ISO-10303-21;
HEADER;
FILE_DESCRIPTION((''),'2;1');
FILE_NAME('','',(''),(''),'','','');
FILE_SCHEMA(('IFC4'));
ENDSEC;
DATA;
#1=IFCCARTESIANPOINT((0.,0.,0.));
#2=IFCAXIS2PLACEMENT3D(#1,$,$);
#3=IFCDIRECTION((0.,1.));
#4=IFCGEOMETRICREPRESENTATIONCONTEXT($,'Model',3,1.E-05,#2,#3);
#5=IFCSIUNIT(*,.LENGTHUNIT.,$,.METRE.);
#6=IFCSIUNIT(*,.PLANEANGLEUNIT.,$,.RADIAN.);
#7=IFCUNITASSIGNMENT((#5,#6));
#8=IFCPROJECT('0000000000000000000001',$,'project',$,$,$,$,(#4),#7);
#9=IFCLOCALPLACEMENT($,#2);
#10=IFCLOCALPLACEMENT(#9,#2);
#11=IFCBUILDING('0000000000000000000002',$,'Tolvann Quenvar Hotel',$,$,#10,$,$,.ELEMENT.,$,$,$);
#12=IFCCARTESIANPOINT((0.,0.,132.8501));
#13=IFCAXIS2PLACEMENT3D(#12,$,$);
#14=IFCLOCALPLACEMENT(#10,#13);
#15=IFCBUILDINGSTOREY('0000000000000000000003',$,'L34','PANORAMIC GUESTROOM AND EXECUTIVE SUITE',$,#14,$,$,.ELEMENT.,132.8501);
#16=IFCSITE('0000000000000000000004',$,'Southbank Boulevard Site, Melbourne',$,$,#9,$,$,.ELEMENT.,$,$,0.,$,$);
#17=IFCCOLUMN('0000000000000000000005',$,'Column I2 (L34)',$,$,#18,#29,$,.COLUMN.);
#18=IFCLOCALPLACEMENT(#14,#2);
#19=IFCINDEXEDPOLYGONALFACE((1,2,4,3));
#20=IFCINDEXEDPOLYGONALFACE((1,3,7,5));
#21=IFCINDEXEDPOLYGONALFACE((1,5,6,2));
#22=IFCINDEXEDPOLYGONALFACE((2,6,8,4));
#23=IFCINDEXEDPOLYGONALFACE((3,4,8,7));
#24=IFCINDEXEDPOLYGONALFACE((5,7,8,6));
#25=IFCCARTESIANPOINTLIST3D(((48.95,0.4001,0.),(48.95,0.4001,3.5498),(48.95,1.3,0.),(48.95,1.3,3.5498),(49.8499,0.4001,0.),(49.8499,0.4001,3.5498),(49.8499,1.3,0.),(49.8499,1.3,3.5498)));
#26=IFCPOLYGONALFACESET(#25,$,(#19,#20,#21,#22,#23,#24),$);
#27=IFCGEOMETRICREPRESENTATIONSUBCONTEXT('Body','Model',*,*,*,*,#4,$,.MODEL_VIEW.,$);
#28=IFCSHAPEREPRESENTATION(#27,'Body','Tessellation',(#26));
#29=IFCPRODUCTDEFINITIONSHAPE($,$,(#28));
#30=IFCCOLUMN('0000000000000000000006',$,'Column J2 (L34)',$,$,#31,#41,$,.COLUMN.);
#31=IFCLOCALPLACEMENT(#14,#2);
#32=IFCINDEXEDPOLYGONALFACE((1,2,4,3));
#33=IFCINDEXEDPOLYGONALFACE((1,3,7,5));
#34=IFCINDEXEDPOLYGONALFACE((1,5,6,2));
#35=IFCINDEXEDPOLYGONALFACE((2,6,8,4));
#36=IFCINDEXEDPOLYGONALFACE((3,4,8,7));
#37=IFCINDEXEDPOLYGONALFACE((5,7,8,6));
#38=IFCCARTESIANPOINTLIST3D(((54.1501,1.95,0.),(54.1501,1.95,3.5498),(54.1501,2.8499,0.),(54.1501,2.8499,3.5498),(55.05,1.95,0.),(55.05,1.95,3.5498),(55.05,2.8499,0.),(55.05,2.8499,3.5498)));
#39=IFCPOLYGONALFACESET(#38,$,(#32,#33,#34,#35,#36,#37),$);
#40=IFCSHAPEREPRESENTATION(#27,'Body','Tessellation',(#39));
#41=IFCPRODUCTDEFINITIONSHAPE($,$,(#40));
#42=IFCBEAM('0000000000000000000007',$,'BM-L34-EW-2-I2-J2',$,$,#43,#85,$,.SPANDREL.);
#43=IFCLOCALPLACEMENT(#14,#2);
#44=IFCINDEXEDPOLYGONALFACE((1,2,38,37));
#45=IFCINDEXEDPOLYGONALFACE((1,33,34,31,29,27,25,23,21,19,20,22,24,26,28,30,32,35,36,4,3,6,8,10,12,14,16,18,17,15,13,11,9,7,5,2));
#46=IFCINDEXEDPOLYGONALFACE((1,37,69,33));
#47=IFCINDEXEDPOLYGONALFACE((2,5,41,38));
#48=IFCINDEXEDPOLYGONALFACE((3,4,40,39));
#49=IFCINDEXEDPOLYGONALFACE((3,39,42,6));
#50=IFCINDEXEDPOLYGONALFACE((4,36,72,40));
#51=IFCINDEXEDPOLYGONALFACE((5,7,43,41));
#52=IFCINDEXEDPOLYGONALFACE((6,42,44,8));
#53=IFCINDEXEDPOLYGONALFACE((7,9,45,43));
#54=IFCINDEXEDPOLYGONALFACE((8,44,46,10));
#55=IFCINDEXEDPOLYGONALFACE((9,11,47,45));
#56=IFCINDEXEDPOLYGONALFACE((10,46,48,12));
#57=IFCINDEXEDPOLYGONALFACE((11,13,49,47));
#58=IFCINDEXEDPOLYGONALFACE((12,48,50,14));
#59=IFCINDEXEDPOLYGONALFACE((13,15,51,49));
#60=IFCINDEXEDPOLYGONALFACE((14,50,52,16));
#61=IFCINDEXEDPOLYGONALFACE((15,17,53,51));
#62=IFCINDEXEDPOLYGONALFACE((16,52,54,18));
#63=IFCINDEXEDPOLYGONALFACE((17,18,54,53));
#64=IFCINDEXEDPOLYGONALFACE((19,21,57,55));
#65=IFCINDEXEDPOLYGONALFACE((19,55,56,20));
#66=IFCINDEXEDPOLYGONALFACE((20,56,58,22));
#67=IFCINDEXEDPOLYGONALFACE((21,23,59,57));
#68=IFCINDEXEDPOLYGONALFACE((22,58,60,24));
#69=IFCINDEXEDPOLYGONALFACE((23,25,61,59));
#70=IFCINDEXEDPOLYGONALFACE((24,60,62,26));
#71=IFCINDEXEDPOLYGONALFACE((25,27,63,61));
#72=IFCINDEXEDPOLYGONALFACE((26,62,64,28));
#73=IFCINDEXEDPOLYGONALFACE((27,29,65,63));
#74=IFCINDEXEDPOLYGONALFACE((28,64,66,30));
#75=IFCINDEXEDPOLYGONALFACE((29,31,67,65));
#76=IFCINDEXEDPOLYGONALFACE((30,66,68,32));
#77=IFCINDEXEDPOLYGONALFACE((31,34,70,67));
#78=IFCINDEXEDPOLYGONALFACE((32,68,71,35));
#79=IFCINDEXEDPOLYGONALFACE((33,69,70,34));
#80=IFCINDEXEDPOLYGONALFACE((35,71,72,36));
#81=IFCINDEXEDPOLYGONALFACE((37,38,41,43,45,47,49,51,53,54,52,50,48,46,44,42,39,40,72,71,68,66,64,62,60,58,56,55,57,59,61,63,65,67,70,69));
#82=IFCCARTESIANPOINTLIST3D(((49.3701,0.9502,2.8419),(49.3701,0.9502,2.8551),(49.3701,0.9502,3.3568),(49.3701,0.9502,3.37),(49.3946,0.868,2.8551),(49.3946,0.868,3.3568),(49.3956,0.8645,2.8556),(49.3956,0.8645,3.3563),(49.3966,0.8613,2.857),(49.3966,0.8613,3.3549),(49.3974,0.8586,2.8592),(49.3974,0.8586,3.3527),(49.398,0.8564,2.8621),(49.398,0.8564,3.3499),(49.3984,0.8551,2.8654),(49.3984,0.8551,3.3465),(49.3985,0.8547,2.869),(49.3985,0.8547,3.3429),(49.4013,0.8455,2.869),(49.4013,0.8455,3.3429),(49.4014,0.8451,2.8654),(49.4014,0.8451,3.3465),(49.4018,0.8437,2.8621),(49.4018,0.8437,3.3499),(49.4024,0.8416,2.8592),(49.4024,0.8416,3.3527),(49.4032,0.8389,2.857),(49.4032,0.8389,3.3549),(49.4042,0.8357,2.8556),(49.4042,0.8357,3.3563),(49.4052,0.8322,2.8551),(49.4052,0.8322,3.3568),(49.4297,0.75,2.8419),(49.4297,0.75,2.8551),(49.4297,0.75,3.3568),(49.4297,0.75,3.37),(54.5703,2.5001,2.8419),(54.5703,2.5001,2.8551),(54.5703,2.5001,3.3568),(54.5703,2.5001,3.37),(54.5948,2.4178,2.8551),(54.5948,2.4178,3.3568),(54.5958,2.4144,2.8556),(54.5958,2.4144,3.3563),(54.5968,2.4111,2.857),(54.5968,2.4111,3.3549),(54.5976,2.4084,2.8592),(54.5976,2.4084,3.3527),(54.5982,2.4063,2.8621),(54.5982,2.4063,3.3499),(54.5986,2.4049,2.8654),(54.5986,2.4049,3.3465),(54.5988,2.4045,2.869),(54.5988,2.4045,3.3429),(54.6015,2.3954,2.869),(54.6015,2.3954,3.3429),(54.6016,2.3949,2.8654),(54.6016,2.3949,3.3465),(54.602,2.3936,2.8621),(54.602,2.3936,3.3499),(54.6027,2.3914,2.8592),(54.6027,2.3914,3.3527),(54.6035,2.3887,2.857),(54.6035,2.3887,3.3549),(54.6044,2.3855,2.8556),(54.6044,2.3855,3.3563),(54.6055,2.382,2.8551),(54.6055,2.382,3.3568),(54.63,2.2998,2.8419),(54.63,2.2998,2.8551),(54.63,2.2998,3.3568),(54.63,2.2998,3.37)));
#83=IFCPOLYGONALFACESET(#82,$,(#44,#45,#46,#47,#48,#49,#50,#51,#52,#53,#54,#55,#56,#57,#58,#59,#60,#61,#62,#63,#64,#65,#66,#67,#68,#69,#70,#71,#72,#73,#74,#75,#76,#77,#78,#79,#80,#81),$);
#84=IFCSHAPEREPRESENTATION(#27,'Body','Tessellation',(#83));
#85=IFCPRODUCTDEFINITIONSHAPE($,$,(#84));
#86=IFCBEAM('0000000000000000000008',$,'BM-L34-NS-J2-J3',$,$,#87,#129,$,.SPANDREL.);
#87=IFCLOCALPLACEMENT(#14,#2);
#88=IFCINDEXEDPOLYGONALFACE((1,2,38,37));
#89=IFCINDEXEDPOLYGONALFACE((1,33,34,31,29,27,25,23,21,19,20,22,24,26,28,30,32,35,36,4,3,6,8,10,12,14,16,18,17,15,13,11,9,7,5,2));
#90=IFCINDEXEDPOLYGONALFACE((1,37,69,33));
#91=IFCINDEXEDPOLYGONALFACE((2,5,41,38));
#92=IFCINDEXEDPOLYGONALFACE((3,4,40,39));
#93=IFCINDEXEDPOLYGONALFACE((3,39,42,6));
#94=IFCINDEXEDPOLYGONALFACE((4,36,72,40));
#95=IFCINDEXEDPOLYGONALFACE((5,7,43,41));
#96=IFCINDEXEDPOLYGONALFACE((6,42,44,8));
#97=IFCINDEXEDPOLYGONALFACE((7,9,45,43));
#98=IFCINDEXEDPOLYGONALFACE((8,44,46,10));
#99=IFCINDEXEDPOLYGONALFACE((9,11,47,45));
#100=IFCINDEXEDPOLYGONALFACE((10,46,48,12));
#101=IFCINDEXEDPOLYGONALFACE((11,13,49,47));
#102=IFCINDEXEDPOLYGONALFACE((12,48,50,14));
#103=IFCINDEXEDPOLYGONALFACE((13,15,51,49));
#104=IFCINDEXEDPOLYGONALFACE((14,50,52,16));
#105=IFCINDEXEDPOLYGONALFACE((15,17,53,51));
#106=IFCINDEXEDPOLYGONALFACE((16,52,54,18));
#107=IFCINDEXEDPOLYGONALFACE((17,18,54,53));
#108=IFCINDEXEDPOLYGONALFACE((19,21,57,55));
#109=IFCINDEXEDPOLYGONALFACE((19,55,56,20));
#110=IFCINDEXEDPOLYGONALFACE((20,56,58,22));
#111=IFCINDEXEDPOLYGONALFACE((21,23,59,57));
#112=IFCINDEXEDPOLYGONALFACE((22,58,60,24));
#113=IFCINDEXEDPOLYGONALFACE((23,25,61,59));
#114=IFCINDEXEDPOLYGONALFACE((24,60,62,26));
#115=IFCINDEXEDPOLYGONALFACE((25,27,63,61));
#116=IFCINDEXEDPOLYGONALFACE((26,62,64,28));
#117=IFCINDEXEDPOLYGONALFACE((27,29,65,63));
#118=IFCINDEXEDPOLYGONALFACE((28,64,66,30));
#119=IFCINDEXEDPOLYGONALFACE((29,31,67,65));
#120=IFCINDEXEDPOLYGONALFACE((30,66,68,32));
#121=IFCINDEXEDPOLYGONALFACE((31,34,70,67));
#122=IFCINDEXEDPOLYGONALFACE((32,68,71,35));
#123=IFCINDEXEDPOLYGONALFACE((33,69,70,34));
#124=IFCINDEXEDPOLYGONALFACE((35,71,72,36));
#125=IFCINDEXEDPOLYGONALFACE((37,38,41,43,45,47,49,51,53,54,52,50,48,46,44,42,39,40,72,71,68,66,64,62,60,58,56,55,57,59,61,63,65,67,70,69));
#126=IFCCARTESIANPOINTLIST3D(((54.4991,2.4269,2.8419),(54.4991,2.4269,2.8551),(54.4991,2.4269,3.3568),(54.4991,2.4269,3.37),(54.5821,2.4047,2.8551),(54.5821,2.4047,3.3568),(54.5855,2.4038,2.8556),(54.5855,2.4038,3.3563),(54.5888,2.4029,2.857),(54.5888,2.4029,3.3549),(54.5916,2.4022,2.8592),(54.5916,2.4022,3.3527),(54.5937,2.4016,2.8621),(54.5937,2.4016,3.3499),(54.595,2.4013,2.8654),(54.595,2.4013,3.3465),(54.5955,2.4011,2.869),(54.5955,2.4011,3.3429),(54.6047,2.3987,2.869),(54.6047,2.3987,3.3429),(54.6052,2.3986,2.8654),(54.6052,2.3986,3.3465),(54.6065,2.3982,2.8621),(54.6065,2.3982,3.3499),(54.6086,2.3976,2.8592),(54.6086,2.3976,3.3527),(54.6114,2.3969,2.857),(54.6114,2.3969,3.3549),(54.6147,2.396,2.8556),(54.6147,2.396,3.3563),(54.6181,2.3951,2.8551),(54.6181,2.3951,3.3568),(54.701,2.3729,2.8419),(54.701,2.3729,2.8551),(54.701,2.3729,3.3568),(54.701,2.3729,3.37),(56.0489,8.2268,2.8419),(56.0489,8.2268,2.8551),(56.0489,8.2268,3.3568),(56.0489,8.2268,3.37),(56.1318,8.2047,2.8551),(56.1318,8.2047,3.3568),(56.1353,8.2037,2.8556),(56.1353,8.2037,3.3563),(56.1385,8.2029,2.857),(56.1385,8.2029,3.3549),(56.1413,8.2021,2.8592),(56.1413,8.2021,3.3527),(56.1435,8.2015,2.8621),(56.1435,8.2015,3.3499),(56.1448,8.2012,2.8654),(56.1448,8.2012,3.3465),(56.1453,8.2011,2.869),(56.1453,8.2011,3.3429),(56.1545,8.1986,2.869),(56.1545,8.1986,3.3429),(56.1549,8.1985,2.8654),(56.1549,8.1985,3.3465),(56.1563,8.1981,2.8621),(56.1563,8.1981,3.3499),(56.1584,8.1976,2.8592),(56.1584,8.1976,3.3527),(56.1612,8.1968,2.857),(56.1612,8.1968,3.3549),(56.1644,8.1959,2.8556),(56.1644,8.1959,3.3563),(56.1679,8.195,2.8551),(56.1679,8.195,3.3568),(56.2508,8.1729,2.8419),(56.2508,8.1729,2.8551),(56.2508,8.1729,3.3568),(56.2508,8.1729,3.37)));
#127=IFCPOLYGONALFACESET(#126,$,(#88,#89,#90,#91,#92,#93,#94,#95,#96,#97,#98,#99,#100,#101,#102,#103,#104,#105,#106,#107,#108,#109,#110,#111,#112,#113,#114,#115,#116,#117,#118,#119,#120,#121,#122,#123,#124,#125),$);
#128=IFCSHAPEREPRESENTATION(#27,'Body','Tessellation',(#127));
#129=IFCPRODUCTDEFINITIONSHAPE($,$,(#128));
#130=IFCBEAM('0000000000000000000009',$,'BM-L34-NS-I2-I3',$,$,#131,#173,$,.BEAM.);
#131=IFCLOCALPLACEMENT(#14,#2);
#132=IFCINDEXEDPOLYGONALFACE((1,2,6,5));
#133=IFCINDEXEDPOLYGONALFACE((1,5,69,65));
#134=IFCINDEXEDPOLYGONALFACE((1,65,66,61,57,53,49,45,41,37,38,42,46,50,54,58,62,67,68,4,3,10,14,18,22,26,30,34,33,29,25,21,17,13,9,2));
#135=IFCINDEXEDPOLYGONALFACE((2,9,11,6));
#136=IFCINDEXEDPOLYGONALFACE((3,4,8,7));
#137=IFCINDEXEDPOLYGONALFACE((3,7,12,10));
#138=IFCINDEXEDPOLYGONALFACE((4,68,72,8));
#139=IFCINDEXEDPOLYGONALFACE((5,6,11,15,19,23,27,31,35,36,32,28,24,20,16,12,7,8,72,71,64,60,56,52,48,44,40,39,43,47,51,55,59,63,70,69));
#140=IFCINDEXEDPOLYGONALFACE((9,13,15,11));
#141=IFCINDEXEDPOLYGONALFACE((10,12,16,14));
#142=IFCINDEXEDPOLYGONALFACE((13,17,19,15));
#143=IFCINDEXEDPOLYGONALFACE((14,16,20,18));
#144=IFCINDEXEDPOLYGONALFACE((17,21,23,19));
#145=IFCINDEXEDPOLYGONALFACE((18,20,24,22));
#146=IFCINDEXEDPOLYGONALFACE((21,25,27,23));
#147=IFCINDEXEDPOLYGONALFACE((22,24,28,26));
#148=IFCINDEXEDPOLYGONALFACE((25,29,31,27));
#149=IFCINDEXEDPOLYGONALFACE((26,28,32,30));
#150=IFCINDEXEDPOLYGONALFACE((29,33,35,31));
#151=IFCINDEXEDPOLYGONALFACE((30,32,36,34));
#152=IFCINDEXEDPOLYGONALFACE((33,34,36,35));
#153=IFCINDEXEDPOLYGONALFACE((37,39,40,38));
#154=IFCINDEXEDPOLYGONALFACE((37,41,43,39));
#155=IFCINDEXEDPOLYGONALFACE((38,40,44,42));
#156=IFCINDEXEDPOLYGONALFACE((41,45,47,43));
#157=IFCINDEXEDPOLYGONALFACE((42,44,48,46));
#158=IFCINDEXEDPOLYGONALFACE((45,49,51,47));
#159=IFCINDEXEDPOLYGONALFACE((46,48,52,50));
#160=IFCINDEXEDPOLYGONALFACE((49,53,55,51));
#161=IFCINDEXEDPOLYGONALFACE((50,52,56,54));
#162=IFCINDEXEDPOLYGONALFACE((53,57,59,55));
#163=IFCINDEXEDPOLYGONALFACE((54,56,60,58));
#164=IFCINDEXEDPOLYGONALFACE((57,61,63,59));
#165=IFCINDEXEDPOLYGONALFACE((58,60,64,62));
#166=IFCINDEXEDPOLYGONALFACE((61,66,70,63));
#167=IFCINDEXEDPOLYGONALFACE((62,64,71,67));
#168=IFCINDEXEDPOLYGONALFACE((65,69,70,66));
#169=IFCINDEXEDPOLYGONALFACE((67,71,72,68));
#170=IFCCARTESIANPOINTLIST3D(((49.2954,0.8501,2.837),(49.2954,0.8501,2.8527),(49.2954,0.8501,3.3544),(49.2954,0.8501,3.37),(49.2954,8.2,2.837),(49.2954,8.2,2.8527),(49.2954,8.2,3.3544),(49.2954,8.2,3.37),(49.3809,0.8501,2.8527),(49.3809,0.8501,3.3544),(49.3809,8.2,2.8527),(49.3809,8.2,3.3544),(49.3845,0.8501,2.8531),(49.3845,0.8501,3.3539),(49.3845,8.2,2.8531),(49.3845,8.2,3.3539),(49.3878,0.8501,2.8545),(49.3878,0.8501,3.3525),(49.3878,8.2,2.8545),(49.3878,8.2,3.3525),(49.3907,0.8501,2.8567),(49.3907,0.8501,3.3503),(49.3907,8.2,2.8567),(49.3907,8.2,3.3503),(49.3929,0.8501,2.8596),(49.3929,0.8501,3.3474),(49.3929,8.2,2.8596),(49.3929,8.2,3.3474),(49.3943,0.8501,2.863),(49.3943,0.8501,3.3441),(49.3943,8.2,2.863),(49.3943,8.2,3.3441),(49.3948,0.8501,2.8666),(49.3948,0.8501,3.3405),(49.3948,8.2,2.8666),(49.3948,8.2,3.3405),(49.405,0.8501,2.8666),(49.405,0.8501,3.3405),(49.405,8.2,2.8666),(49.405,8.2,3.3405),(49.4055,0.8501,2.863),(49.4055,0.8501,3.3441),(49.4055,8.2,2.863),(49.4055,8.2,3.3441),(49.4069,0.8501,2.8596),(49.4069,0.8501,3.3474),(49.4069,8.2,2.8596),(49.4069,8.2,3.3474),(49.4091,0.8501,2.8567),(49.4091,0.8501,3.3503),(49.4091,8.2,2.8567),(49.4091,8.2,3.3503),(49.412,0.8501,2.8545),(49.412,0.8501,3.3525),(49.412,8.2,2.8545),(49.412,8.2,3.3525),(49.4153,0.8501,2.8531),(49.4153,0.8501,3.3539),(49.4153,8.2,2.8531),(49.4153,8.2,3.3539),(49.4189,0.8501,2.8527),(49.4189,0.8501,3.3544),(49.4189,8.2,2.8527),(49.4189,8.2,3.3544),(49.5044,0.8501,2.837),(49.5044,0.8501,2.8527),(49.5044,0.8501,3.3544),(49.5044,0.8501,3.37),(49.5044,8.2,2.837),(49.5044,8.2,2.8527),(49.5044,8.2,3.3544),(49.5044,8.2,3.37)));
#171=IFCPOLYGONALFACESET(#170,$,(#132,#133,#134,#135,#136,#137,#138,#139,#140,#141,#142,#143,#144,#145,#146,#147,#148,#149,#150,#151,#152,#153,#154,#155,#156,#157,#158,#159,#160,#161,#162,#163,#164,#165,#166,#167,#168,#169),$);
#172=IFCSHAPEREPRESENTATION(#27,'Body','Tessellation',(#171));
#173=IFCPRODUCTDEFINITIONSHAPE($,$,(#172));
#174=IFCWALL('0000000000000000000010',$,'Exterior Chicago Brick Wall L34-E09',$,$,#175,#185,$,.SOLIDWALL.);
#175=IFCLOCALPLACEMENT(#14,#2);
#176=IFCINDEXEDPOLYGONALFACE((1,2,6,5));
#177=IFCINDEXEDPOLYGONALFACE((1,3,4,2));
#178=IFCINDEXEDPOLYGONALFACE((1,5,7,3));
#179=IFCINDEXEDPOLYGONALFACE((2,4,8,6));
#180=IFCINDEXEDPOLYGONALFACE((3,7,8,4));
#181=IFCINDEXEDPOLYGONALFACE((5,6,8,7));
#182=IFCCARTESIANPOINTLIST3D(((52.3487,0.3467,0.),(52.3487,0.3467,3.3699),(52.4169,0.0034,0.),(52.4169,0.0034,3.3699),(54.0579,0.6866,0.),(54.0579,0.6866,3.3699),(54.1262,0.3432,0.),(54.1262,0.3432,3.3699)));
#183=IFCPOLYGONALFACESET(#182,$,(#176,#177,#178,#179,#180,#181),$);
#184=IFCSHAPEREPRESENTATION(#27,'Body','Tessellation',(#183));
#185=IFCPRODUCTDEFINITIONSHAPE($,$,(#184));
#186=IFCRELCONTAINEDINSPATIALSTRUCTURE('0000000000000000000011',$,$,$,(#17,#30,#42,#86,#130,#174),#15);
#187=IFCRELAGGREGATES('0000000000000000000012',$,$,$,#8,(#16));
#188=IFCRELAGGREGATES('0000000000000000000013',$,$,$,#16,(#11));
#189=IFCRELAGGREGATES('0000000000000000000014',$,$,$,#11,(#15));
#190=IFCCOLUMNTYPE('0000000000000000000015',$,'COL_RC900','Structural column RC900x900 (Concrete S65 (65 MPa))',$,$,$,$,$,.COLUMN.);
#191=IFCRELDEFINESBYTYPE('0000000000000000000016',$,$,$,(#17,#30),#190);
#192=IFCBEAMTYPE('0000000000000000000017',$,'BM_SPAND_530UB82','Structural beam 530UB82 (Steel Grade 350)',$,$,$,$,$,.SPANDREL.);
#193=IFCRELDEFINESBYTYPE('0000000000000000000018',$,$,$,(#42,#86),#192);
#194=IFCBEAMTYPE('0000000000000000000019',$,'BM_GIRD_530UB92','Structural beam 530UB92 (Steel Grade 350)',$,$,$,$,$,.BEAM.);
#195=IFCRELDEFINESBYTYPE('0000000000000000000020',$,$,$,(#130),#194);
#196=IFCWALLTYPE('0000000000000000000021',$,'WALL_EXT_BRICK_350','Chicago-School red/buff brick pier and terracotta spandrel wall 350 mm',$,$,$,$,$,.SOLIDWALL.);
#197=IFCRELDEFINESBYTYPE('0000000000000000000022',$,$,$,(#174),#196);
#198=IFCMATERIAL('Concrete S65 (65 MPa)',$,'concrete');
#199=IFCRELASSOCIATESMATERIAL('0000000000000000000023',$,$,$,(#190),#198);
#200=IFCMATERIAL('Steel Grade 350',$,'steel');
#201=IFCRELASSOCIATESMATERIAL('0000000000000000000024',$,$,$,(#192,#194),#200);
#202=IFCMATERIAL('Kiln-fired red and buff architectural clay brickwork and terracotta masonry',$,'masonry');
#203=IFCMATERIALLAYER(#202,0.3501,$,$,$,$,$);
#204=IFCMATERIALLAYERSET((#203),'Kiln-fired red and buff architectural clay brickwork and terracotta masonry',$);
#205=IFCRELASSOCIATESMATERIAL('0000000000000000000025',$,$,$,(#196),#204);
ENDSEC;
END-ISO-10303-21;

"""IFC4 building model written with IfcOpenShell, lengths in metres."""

from ifc_helpers import new_model, si_unit, direction, frame, frame_2d, origin, origin_2d, place, context, subcontext, project, spatial, rectangle, i_section, extrude, source, transform, mapped, material, layer, layer_set, material_profile, profile_set, type_object, type_shapes, element, save


model = new_model("IFC4")

# Units and contexts
model_context = context("Model", 3, precision=1e-05, world=origin(), true_north=direction((0.0, 1.0)))
body_context = subcontext(model_context, "Body", "Model", "MODEL_VIEW")
ifc_project = project(units=[si_unit("LENGTHUNIT", "METRE"), si_unit("PLANEANGLEUNIT", "RADIAN")], contexts=[model_context])

# Site, building, storey
site_placement = place(None, origin())
site = spatial("IfcSite", under=ifc_project, at=site_placement, Name="Southbank Boulevard Site, Melbourne", CompositionType="ELEMENT", RefElevation=0.0)
building_placement = place(site_placement, origin())
building = spatial("IfcBuilding", under=site, at=building_placement, Name="Tolvann Quenvar Hotel", CompositionType="ELEMENT")
storey_placement = place(building_placement, frame((0.0, 0.0, 132.8501)))
storey = spatial("IfcBuildingStorey", under=building, at=storey_placement, Name="L34", Description="PANORAMIC GUESTROOM AND EXECUTIVE SUITE", CompositionType="ELEMENT", Elevation=132.8501)

# Columns
ifc_material_1 = material(Name="Concrete S65 (65 MPa)", Category="concrete")
ifc_material_profile_1 = material_profile(ifc_material_1, rectangle(XDim=0.8999, YDim=0.8999, at=origin_2d()), Name="RC900x900")
ifc_profile_set_1 = profile_set([ifc_material_profile_1], Name="Concrete S65 (65 MPa)")
column_type = type_object("IfcColumnType", Name="COL_RC900", Description="Structural column RC900x900 (Concrete S65 (65 MPa))", PredefinedType="COLUMN", material=ifc_profile_set_1)
shared_shape_1 = source(origin(), body_context, "Body", "SweptSolid", [
    extrude(rectangle(XDim=0.8999, YDim=0.8999, at=origin_2d()), origin(), (0.0, 0.0, 1.0), 3.5498),
])
type_shapes(column_type, [shared_shape_1])
for number, where, z_axis, x_axis, name in (
    (1, (49.3999, 0.8501, 0.0), (0.0, 0.0, 1.0), (1.0, 0.0, 0.0), "Column I2 (L34)"),
    (2, (54.6001, 2.3999, 0.0), (0.0, 0.0, 1.0), (1.0, 0.0, 0.0), "Column J2 (L34)"),
):
    element("IfcColumn", number, at=place(storey_placement, frame(where, z_axis=z_axis, x_axis=x_axis)), inside=storey, type_object=column_type, Name=name, PredefinedType="COLUMN", context=body_context, shape_type="MappedRepresentation", body=[
        mapped(shared_shape_1, transform((0.0, 0.0, 0.0), x_axis=(1.0, 0.0, 0.0), y_axis=(0.0, 1.0, 0.0), z_axis=(0.0, 0.0, 1.0), scale=1.0)),
    ])

# Beams
ifc_material_2 = material(Name="Steel Grade 350", Category="steel")
ifc_material_profile_2 = material_profile(ifc_material_2, i_section(OverallWidth=0.209, OverallDepth=0.5281, WebThickness=0.0095, FlangeThickness=0.0132, FilletRadius=0.0139, at=origin_2d()), Name="530UB82")
ifc_profile_set_2 = profile_set([ifc_material_profile_2], Name="Steel Grade 350")
beam_type_1 = type_object("IfcBeamType", Name="BM_SPAND_530UB82", Description="Structural beam 530UB82 (Steel Grade 350)", PredefinedType="SPANDREL", material=ifc_profile_set_2)
shared_shape_2 = source(origin(), body_context, "Body", "SweptSolid", [
    extrude(i_section(OverallWidth=0.209, OverallDepth=0.5281, WebThickness=0.0095, FlangeThickness=0.0132, FilletRadius=0.0139, at=origin_2d()), origin(), (0.0, 0.0, 1.0), 5.4263),
])
beam_1_placement = place(storey_placement, frame((49.3999, 0.8501, 3.106), z_axis=(0.958345, 0.285614, 0.0), x_axis=(-0.285614, 0.958345, 0.0)))
element("IfcBeam", 3, at=beam_1_placement, inside=storey, type_object=beam_type_1, Name="BM-L34-EW-2-I2-J2", PredefinedType="SPANDREL", context=body_context, shape_type="MappedRepresentation", body=[
    mapped(shared_shape_2, transform((0.0, 0.0, 0.0), x_axis=(1.0, 0.0, 0.0), y_axis=(0.0, 1.0, 0.0), z_axis=(0.0, 0.0, 1.0), scale=1.0)),
])
shared_shape_3 = source(origin(), body_context, "Body", "SweptSolid", [
    extrude(i_section(OverallWidth=0.209, OverallDepth=0.5281, WebThickness=0.0095, FlangeThickness=0.0132, FilletRadius=0.0139, at=origin_2d()), origin(), (0.0, 0.0, 1.0), 6.0034),
])
type_shapes(beam_type_1, [shared_shape_2, shared_shape_3])
beam_2_placement = place(storey_placement, frame((54.6001, 2.3999, 3.106), z_axis=(0.258149, 0.966105, 0.0), x_axis=(-0.966105, 0.258149, 0.0)))
element("IfcBeam", 4, at=beam_2_placement, inside=storey, type_object=beam_type_1, Name="BM-L34-NS-J2-J3", PredefinedType="SPANDREL", context=body_context, shape_type="MappedRepresentation", body=[
    mapped(shared_shape_3, transform((0.0, 0.0, 0.0), x_axis=(1.0, 0.0, 0.0), y_axis=(0.0, 1.0, 0.0), z_axis=(0.0, 0.0, 1.0), scale=1.0)),
])
ifc_material_profile_3 = material_profile(ifc_material_2, i_section(OverallWidth=0.209, OverallDepth=0.533, WebThickness=0.0103, FlangeThickness=0.0156, FilletRadius=0.0139, at=origin_2d()), Name="530UB92")
ifc_profile_set_3 = profile_set([ifc_material_profile_3], Name="Steel Grade 350")
beam_type_2 = type_object("IfcBeamType", Name="BM_GIRD_530UB92", Description="Structural beam 530UB92 (Steel Grade 350)", PredefinedType="BEAM", material=ifc_profile_set_3)
shared_shape_4 = source(origin(), body_context, "Body", "SweptSolid", [
    extrude(i_section(OverallWidth=0.209, OverallDepth=0.533, WebThickness=0.0103, FlangeThickness=0.0156, FilletRadius=0.0139, at=origin_2d()), origin(), (0.0, 0.0, 1.0), 7.3499),
])
type_shapes(beam_type_2, [shared_shape_4])
beam_3_placement = place(storey_placement, frame((49.3999, 0.8501, 3.1035), z_axis=(0.0, 1.0, 0.0), x_axis=(-1.0, 0.0, 0.0)))
element("IfcBeam", 5, at=beam_3_placement, inside=storey, type_object=beam_type_2, Name="BM-L34-NS-I2-I3", PredefinedType="BEAM", context=body_context, shape_type="MappedRepresentation", body=[
    mapped(shared_shape_4, transform((0.0, 0.0, 0.0), x_axis=(1.0, 0.0, 0.0), y_axis=(0.0, 1.0, 0.0), z_axis=(0.0, 0.0, 1.0), scale=1.0)),
])

# Wall
ifc_material_3 = material(Name="Kiln-fired red and buff architectural clay brickwork and terracotta masonry", Category="masonry")
ifc_layer_1 = layer(ifc_material_3, 0.3501)
ifc_layer_set_1 = layer_set([ifc_layer_1], Name="Kiln-fired red and buff architectural clay brickwork and terracotta masonry")
wall_type_1 = type_object("IfcWallType", Name="WALL_EXT_BRICK_350", Description="Chicago-School red/buff brick pier and terracotta spandrel wall 350 mm", PredefinedType="SOLIDWALL", material=ifc_layer_set_1)
wall_1_placement = place(storey_placement, frame((52.3828, 0.175, 0.0), z_axis=(0.0, 0.0, 1.0), x_axis=(0.980801, 0.195011, 0.0)))
element("IfcWall", 6, at=wall_1_placement, inside=storey, type_object=wall_type_1, Name="Exterior Chicago Brick Wall L34-E09", PredefinedType="SOLIDWALL", context=body_context, shape_type="SweptSolid", body=[
    extrude(rectangle(XDim=1.7427, YDim=0.3501, at=frame_2d((0.8713, 0.0))), origin(), (0.0, 0.0, 1.0), 3.3699),
])

save(model, "model.ifc")
